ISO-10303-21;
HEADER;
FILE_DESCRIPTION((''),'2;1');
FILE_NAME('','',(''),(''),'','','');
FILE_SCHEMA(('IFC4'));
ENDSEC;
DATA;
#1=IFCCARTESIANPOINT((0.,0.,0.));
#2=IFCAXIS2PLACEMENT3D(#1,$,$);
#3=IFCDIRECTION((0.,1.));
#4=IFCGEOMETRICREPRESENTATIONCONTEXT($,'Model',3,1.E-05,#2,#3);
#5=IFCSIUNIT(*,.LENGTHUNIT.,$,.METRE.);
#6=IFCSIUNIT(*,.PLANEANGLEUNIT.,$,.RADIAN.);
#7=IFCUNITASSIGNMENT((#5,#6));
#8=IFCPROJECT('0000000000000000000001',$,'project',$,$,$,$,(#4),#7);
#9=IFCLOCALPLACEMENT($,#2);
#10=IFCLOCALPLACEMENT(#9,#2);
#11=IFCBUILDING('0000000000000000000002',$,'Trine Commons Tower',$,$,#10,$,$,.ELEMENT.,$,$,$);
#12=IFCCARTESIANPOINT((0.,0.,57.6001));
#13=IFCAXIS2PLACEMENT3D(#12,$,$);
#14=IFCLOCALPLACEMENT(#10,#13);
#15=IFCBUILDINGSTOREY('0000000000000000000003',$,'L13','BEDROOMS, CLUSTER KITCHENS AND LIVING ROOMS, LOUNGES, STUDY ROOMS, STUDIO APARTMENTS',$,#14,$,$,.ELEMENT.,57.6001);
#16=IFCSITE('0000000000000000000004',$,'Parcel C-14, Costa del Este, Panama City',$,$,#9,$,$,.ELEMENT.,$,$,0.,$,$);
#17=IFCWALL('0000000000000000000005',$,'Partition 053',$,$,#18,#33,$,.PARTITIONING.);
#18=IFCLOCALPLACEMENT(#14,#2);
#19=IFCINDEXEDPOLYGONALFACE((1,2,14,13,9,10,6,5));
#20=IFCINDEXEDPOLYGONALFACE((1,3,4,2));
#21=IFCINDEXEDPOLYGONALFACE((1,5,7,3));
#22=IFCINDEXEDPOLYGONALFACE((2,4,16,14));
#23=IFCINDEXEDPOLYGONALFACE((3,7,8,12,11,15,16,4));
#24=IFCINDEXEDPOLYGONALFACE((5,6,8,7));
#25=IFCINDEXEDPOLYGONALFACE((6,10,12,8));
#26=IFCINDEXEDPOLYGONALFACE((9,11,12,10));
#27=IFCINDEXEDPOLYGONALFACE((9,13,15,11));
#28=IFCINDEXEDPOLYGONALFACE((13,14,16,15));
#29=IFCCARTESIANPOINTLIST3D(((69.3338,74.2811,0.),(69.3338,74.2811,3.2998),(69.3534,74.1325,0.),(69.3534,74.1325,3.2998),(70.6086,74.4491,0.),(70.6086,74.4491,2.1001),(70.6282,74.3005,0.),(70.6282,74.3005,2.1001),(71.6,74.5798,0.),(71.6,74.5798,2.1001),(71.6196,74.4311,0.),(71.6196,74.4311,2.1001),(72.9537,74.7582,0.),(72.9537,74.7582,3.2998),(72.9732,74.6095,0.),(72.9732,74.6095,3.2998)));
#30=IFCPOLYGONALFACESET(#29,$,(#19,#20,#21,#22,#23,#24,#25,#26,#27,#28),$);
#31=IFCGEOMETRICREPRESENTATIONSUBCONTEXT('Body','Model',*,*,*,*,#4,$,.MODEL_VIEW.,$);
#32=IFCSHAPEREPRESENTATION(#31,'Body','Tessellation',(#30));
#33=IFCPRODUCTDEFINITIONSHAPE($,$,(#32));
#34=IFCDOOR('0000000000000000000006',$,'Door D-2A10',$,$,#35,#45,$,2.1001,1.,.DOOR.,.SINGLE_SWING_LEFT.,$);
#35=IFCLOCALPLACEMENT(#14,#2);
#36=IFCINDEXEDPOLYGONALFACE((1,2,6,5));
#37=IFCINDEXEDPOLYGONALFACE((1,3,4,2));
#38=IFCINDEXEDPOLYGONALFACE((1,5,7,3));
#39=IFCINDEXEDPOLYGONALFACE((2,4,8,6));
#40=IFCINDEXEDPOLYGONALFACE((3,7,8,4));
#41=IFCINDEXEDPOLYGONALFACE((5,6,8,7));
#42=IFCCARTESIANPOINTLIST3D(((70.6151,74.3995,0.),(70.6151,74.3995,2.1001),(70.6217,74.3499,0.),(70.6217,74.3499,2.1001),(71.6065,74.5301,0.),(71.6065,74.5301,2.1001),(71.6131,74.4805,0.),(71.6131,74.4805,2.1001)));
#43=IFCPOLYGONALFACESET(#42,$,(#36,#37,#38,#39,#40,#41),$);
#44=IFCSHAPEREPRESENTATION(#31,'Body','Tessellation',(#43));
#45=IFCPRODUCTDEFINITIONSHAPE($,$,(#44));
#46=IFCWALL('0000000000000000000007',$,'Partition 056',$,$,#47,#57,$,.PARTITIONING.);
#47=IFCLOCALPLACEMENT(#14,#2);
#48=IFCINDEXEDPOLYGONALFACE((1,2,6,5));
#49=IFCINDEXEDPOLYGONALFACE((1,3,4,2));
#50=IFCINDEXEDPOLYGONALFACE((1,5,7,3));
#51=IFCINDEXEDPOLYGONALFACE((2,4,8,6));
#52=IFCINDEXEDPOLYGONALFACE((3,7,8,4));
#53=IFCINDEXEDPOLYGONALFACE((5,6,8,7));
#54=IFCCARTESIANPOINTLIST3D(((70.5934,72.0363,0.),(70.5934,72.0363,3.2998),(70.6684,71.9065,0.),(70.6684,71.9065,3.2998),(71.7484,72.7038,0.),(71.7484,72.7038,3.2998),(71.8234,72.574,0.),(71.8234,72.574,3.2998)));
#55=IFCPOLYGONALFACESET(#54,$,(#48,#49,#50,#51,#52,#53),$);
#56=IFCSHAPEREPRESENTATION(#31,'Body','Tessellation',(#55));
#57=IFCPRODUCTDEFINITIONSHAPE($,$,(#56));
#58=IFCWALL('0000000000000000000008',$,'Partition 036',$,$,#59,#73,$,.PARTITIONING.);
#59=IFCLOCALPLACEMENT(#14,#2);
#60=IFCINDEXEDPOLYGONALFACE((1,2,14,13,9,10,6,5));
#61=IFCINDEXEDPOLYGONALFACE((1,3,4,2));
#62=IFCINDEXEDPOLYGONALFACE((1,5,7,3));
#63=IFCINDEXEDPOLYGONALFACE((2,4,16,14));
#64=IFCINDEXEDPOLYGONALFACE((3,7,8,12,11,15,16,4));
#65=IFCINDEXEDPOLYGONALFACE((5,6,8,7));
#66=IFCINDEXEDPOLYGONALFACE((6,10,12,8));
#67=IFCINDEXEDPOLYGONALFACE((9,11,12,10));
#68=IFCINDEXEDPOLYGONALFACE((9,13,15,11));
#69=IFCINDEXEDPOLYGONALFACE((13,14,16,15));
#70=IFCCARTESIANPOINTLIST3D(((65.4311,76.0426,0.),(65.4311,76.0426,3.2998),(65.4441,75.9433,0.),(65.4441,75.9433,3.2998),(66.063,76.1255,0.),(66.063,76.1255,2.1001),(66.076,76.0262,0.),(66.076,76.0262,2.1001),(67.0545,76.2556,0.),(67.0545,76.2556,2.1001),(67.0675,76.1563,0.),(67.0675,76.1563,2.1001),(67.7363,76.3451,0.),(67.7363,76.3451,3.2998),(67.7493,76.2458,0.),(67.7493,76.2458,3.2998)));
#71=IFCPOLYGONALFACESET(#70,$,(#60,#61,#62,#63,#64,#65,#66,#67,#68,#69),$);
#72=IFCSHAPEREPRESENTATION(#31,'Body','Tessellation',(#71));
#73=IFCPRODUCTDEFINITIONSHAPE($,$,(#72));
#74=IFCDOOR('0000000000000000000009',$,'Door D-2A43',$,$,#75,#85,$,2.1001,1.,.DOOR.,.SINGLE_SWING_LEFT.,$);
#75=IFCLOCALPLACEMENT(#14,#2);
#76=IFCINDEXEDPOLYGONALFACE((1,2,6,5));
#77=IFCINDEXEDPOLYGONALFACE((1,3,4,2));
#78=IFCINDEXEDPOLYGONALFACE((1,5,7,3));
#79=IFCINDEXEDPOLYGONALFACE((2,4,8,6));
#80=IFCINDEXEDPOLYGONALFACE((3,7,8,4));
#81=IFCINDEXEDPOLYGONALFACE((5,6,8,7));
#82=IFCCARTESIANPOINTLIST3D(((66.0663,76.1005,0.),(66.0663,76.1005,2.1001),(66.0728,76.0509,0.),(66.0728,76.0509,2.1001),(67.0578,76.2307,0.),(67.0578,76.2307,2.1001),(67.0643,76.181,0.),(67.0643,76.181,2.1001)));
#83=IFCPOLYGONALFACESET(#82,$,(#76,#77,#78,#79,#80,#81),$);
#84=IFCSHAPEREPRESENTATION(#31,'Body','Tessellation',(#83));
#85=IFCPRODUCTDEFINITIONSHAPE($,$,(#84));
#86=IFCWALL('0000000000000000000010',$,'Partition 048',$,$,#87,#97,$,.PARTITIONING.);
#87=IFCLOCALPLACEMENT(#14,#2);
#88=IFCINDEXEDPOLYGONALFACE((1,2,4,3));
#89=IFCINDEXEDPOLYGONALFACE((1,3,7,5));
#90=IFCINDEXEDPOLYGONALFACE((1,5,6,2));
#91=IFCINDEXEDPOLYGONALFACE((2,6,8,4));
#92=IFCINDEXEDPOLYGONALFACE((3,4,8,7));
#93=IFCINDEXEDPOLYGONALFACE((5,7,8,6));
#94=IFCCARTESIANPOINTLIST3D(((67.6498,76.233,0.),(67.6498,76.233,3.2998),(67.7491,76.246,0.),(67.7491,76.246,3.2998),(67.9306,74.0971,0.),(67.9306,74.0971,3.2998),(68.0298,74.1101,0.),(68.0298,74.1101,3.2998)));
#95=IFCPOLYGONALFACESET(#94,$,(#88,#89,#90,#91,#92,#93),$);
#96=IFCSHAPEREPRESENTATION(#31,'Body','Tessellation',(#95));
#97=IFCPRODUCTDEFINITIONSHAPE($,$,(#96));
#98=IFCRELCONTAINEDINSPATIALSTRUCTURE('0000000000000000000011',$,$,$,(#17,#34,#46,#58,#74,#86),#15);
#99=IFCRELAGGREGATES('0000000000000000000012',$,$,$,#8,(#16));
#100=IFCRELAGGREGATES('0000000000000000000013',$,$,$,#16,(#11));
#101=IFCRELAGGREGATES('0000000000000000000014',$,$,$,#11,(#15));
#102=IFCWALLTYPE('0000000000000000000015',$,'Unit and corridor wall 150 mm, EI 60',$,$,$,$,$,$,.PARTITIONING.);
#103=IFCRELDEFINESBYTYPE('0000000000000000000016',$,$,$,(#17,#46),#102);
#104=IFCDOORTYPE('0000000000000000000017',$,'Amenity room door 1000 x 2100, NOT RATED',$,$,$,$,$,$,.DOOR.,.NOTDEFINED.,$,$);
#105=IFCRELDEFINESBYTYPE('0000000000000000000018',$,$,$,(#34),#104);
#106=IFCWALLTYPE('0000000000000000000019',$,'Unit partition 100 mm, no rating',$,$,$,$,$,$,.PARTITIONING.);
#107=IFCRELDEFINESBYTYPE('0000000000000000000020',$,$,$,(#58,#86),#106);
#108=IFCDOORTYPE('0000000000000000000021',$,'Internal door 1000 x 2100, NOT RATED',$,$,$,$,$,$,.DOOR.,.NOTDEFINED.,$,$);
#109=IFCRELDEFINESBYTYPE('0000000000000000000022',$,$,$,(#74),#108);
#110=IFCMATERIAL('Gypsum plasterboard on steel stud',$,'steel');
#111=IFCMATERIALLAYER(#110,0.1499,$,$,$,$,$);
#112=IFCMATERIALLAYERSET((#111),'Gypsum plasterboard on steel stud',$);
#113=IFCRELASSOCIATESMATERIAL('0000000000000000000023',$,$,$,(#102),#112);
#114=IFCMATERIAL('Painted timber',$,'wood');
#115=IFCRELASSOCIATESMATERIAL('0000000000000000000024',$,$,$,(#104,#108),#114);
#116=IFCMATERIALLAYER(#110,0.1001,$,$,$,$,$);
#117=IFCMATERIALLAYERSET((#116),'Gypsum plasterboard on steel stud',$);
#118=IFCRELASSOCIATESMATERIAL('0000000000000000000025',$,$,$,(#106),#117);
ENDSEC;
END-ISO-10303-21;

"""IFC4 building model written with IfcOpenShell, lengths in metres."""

from ifc_helpers import new_model, si_unit, direction, frame, frame_2d, origin, place, context, subcontext, project, spatial, rectangle, extrude, material, layer, layer_set, type_object, element, fill, save


model = new_model("IFC4")

# Units and contexts
model_context = context("Model", 3, precision=1e-05, world=origin(), true_north=direction((0.0, 1.0)))
body_context = subcontext(model_context, "Body", "Model", "MODEL_VIEW")
ifc_project = project(units=[si_unit("LENGTHUNIT", "METRE"), si_unit("PLANEANGLEUNIT", "RADIAN")], contexts=[model_context])

# Site, building, storey
site_placement = place(None, origin())
site = spatial("IfcSite", under=ifc_project, at=site_placement, Name="Parcel C-14, Costa del Este, Panama City", CompositionType="ELEMENT", RefElevation=0.0)
building_placement = place(site_placement, origin())
building = spatial("IfcBuilding", under=site, at=building_placement, Name="Trine Commons Tower", CompositionType="ELEMENT")
storey_placement = place(building_placement, frame((0.0, 0.0, 57.6001)))
storey = spatial("IfcBuildingStorey", under=building, at=storey_placement, Name="L13", Description="BEDROOMS, CLUSTER KITCHENS AND LIVING ROOMS, LOUNGES, STUDY ROOMS, STUDIO APARTMENTS", CompositionType="ELEMENT", Elevation=57.6001)

# Shared definitions
ifc_material_1 = material(Name="Gypsum plasterboard on steel stud", Category="steel")
ifc_layer_1 = layer(ifc_material_1, 0.1499)
ifc_layer_set_1 = layer_set([ifc_layer_1], Name="Gypsum plasterboard on steel stud")
wall_type_1 = type_object("IfcWallType", Name="Unit and corridor wall 150 mm, EI 60", PredefinedType="PARTITIONING", material=ifc_layer_set_1)

# Shared definitions
ifc_material_2 = material(Name="Painted timber", Category="wood")

# Wall, opening, door
wall_1_placement = place(storey_placement, frame((69.3435, 74.2068, 0.0), z_axis=(0.0, 0.0, 1.0), x_axis=(0.991428, 0.130657, 0.0)))
wall_1 = element("IfcWall", 1, at=wall_1_placement, inside=storey, type_object=wall_type_1, Name="Partition 053", PredefinedType="PARTITIONING", context=body_context, shape_type="SweptSolid", body=[
    extrude(rectangle(XDim=3.6511, YDim=0.1499, at=frame_2d((1.8257, 0.0))), origin(), (0.0, 0.0, 1.0), 3.2998),
])
opening_1_placement = place(wall_1_placement, frame((1.2859, 0.0, 0.0)))
opening_1 = element("IfcOpeningElement", 2, at=opening_1_placement, cuts=wall_1, PredefinedType="OPENING", context=body_context, shape_type="SweptSolid", body=[
    extrude(rectangle(XDim=1.0, YDim=2.1001, at=frame_2d((0.5, 1.05))), frame((0.0, 0.085, 0.0), z_axis=(0.0, -1.0, 0.0), x_axis=(1.0, 0.0, 0.0)), (0.0, 0.0, 1.0), 0.1699),
])
door_type_1 = type_object("IfcDoorType", Name="Amenity room door 1000 x 2100, NOT RATED", OperationType="NOTDEFINED", PredefinedType="DOOR", material=ifc_material_2)
door_1_placement = place(opening_1_placement, origin())
door_1 = element("IfcDoor", 3, at=door_1_placement, inside=storey, type_object=door_type_1, Name="Door D-2A10", OperationType="SINGLE_SWING_LEFT", OverallHeight=2.1001, OverallWidth=1.0, PredefinedType="DOOR", context=body_context, shape_type="SweptSolid", body=[
    extrude(rectangle(XDim=1.0, YDim=2.1001, at=frame_2d((0.5, 1.05))), frame((0.0, 0.0249, 0.0), z_axis=(0.0, -1.0, 0.0), x_axis=(1.0, 0.0, 0.0)), (0.0, 0.0, 1.0), 0.05),
])
fill(opening_1, door_1)

# Wall
wall_2_placement = place(storey_placement, frame((70.6309, 71.9714, 0.0), z_axis=(0.0, 0.0, 1.0), x_axis=(0.865823, 0.500351, 0.0)))
element("IfcWall", 4, at=wall_2_placement, inside=storey, type_object=wall_type_1, Name="Partition 056", PredefinedType="PARTITIONING", context=body_context, shape_type="SweptSolid", body=[
    extrude(rectangle(XDim=1.334, YDim=0.1499, at=frame_2d((0.667, 0.0))), origin(), (0.0, 0.0, 1.0), 3.2998),
])

# Wall, opening, door
ifc_layer_2 = layer(ifc_material_1, 0.1001)
ifc_layer_set_2 = layer_set([ifc_layer_2], Name="Gypsum plasterboard on steel stud")
wall_type_2 = type_object("IfcWallType", Name="Unit partition 100 mm, no rating", PredefinedType="PARTITIONING", material=ifc_layer_set_2)
wall_3_placement = place(storey_placement, frame((65.4375, 75.9929, 0.0), z_axis=(0.0, 0.0, 1.0), x_axis=(0.9915, 0.130107, 0.0)))
wall_3 = element("IfcWall", 5, at=wall_3_placement, inside=storey, type_object=wall_type_2, Name="Partition 036", PredefinedType="PARTITIONING", context=body_context, shape_type="SweptSolid", body=[
    extrude(rectangle(XDim=2.325, YDim=0.1001, at=frame_2d((1.1626, 0.0))), origin(), (0.0, 0.0, 1.0), 3.2998),
])
opening_2_placement = place(wall_3_placement, frame((0.6375, 0.0, 0.0)))
opening_2 = element("IfcOpeningElement", 6, at=opening_2_placement, cuts=wall_3, PredefinedType="OPENING", context=body_context, shape_type="SweptSolid", body=[
    extrude(rectangle(XDim=1.0, YDim=2.1001, at=frame_2d((0.5, 1.05))), frame((0.0, 0.0601, 0.0), z_axis=(0.0, -1.0, 0.0), x_axis=(1.0, 0.0, 0.0)), (0.0, 0.0, 1.0), 0.1201),
])
door_type_2 = type_object("IfcDoorType", Name="Internal door 1000 x 2100, NOT RATED", OperationType="NOTDEFINED", PredefinedType="DOOR", material=ifc_material_2)
door_2_placement = place(opening_2_placement, origin())
door_2 = element("IfcDoor", 7, at=door_2_placement, inside=storey, type_object=door_type_2, Name="Door D-2A43", OperationType="SINGLE_SWING_LEFT", OverallHeight=2.1001, OverallWidth=1.0, PredefinedType="DOOR", context=body_context, shape_type="SweptSolid", body=[
    extrude(rectangle(XDim=1.0, YDim=2.1001, at=frame_2d((0.5, 1.05))), frame((0.0, 0.0249, 0.0), z_axis=(0.0, -1.0, 0.0), x_axis=(1.0, 0.0, 0.0)), (0.0, 0.0, 1.0), 0.05),
])
fill(opening_2, door_2)

# Wall
wall_4_placement = place(storey_placement, frame((67.6995, 76.2395, 0.0), z_axis=(0.0, 0.0, 1.0), x_axis=(0.130323, -0.991472, 0.0)))
element("IfcWall", 8, at=wall_4_placement, inside=storey, type_object=wall_type_2, Name="Partition 048", PredefinedType="PARTITIONING", context=body_context, shape_type="SweptSolid", body=[
    extrude(rectangle(XDim=2.1543, YDim=0.1001, at=frame_2d((1.0771, 0.0))), origin(), (0.0, 0.0, 1.0), 3.2998),
])

save(model, "model.ifc")
